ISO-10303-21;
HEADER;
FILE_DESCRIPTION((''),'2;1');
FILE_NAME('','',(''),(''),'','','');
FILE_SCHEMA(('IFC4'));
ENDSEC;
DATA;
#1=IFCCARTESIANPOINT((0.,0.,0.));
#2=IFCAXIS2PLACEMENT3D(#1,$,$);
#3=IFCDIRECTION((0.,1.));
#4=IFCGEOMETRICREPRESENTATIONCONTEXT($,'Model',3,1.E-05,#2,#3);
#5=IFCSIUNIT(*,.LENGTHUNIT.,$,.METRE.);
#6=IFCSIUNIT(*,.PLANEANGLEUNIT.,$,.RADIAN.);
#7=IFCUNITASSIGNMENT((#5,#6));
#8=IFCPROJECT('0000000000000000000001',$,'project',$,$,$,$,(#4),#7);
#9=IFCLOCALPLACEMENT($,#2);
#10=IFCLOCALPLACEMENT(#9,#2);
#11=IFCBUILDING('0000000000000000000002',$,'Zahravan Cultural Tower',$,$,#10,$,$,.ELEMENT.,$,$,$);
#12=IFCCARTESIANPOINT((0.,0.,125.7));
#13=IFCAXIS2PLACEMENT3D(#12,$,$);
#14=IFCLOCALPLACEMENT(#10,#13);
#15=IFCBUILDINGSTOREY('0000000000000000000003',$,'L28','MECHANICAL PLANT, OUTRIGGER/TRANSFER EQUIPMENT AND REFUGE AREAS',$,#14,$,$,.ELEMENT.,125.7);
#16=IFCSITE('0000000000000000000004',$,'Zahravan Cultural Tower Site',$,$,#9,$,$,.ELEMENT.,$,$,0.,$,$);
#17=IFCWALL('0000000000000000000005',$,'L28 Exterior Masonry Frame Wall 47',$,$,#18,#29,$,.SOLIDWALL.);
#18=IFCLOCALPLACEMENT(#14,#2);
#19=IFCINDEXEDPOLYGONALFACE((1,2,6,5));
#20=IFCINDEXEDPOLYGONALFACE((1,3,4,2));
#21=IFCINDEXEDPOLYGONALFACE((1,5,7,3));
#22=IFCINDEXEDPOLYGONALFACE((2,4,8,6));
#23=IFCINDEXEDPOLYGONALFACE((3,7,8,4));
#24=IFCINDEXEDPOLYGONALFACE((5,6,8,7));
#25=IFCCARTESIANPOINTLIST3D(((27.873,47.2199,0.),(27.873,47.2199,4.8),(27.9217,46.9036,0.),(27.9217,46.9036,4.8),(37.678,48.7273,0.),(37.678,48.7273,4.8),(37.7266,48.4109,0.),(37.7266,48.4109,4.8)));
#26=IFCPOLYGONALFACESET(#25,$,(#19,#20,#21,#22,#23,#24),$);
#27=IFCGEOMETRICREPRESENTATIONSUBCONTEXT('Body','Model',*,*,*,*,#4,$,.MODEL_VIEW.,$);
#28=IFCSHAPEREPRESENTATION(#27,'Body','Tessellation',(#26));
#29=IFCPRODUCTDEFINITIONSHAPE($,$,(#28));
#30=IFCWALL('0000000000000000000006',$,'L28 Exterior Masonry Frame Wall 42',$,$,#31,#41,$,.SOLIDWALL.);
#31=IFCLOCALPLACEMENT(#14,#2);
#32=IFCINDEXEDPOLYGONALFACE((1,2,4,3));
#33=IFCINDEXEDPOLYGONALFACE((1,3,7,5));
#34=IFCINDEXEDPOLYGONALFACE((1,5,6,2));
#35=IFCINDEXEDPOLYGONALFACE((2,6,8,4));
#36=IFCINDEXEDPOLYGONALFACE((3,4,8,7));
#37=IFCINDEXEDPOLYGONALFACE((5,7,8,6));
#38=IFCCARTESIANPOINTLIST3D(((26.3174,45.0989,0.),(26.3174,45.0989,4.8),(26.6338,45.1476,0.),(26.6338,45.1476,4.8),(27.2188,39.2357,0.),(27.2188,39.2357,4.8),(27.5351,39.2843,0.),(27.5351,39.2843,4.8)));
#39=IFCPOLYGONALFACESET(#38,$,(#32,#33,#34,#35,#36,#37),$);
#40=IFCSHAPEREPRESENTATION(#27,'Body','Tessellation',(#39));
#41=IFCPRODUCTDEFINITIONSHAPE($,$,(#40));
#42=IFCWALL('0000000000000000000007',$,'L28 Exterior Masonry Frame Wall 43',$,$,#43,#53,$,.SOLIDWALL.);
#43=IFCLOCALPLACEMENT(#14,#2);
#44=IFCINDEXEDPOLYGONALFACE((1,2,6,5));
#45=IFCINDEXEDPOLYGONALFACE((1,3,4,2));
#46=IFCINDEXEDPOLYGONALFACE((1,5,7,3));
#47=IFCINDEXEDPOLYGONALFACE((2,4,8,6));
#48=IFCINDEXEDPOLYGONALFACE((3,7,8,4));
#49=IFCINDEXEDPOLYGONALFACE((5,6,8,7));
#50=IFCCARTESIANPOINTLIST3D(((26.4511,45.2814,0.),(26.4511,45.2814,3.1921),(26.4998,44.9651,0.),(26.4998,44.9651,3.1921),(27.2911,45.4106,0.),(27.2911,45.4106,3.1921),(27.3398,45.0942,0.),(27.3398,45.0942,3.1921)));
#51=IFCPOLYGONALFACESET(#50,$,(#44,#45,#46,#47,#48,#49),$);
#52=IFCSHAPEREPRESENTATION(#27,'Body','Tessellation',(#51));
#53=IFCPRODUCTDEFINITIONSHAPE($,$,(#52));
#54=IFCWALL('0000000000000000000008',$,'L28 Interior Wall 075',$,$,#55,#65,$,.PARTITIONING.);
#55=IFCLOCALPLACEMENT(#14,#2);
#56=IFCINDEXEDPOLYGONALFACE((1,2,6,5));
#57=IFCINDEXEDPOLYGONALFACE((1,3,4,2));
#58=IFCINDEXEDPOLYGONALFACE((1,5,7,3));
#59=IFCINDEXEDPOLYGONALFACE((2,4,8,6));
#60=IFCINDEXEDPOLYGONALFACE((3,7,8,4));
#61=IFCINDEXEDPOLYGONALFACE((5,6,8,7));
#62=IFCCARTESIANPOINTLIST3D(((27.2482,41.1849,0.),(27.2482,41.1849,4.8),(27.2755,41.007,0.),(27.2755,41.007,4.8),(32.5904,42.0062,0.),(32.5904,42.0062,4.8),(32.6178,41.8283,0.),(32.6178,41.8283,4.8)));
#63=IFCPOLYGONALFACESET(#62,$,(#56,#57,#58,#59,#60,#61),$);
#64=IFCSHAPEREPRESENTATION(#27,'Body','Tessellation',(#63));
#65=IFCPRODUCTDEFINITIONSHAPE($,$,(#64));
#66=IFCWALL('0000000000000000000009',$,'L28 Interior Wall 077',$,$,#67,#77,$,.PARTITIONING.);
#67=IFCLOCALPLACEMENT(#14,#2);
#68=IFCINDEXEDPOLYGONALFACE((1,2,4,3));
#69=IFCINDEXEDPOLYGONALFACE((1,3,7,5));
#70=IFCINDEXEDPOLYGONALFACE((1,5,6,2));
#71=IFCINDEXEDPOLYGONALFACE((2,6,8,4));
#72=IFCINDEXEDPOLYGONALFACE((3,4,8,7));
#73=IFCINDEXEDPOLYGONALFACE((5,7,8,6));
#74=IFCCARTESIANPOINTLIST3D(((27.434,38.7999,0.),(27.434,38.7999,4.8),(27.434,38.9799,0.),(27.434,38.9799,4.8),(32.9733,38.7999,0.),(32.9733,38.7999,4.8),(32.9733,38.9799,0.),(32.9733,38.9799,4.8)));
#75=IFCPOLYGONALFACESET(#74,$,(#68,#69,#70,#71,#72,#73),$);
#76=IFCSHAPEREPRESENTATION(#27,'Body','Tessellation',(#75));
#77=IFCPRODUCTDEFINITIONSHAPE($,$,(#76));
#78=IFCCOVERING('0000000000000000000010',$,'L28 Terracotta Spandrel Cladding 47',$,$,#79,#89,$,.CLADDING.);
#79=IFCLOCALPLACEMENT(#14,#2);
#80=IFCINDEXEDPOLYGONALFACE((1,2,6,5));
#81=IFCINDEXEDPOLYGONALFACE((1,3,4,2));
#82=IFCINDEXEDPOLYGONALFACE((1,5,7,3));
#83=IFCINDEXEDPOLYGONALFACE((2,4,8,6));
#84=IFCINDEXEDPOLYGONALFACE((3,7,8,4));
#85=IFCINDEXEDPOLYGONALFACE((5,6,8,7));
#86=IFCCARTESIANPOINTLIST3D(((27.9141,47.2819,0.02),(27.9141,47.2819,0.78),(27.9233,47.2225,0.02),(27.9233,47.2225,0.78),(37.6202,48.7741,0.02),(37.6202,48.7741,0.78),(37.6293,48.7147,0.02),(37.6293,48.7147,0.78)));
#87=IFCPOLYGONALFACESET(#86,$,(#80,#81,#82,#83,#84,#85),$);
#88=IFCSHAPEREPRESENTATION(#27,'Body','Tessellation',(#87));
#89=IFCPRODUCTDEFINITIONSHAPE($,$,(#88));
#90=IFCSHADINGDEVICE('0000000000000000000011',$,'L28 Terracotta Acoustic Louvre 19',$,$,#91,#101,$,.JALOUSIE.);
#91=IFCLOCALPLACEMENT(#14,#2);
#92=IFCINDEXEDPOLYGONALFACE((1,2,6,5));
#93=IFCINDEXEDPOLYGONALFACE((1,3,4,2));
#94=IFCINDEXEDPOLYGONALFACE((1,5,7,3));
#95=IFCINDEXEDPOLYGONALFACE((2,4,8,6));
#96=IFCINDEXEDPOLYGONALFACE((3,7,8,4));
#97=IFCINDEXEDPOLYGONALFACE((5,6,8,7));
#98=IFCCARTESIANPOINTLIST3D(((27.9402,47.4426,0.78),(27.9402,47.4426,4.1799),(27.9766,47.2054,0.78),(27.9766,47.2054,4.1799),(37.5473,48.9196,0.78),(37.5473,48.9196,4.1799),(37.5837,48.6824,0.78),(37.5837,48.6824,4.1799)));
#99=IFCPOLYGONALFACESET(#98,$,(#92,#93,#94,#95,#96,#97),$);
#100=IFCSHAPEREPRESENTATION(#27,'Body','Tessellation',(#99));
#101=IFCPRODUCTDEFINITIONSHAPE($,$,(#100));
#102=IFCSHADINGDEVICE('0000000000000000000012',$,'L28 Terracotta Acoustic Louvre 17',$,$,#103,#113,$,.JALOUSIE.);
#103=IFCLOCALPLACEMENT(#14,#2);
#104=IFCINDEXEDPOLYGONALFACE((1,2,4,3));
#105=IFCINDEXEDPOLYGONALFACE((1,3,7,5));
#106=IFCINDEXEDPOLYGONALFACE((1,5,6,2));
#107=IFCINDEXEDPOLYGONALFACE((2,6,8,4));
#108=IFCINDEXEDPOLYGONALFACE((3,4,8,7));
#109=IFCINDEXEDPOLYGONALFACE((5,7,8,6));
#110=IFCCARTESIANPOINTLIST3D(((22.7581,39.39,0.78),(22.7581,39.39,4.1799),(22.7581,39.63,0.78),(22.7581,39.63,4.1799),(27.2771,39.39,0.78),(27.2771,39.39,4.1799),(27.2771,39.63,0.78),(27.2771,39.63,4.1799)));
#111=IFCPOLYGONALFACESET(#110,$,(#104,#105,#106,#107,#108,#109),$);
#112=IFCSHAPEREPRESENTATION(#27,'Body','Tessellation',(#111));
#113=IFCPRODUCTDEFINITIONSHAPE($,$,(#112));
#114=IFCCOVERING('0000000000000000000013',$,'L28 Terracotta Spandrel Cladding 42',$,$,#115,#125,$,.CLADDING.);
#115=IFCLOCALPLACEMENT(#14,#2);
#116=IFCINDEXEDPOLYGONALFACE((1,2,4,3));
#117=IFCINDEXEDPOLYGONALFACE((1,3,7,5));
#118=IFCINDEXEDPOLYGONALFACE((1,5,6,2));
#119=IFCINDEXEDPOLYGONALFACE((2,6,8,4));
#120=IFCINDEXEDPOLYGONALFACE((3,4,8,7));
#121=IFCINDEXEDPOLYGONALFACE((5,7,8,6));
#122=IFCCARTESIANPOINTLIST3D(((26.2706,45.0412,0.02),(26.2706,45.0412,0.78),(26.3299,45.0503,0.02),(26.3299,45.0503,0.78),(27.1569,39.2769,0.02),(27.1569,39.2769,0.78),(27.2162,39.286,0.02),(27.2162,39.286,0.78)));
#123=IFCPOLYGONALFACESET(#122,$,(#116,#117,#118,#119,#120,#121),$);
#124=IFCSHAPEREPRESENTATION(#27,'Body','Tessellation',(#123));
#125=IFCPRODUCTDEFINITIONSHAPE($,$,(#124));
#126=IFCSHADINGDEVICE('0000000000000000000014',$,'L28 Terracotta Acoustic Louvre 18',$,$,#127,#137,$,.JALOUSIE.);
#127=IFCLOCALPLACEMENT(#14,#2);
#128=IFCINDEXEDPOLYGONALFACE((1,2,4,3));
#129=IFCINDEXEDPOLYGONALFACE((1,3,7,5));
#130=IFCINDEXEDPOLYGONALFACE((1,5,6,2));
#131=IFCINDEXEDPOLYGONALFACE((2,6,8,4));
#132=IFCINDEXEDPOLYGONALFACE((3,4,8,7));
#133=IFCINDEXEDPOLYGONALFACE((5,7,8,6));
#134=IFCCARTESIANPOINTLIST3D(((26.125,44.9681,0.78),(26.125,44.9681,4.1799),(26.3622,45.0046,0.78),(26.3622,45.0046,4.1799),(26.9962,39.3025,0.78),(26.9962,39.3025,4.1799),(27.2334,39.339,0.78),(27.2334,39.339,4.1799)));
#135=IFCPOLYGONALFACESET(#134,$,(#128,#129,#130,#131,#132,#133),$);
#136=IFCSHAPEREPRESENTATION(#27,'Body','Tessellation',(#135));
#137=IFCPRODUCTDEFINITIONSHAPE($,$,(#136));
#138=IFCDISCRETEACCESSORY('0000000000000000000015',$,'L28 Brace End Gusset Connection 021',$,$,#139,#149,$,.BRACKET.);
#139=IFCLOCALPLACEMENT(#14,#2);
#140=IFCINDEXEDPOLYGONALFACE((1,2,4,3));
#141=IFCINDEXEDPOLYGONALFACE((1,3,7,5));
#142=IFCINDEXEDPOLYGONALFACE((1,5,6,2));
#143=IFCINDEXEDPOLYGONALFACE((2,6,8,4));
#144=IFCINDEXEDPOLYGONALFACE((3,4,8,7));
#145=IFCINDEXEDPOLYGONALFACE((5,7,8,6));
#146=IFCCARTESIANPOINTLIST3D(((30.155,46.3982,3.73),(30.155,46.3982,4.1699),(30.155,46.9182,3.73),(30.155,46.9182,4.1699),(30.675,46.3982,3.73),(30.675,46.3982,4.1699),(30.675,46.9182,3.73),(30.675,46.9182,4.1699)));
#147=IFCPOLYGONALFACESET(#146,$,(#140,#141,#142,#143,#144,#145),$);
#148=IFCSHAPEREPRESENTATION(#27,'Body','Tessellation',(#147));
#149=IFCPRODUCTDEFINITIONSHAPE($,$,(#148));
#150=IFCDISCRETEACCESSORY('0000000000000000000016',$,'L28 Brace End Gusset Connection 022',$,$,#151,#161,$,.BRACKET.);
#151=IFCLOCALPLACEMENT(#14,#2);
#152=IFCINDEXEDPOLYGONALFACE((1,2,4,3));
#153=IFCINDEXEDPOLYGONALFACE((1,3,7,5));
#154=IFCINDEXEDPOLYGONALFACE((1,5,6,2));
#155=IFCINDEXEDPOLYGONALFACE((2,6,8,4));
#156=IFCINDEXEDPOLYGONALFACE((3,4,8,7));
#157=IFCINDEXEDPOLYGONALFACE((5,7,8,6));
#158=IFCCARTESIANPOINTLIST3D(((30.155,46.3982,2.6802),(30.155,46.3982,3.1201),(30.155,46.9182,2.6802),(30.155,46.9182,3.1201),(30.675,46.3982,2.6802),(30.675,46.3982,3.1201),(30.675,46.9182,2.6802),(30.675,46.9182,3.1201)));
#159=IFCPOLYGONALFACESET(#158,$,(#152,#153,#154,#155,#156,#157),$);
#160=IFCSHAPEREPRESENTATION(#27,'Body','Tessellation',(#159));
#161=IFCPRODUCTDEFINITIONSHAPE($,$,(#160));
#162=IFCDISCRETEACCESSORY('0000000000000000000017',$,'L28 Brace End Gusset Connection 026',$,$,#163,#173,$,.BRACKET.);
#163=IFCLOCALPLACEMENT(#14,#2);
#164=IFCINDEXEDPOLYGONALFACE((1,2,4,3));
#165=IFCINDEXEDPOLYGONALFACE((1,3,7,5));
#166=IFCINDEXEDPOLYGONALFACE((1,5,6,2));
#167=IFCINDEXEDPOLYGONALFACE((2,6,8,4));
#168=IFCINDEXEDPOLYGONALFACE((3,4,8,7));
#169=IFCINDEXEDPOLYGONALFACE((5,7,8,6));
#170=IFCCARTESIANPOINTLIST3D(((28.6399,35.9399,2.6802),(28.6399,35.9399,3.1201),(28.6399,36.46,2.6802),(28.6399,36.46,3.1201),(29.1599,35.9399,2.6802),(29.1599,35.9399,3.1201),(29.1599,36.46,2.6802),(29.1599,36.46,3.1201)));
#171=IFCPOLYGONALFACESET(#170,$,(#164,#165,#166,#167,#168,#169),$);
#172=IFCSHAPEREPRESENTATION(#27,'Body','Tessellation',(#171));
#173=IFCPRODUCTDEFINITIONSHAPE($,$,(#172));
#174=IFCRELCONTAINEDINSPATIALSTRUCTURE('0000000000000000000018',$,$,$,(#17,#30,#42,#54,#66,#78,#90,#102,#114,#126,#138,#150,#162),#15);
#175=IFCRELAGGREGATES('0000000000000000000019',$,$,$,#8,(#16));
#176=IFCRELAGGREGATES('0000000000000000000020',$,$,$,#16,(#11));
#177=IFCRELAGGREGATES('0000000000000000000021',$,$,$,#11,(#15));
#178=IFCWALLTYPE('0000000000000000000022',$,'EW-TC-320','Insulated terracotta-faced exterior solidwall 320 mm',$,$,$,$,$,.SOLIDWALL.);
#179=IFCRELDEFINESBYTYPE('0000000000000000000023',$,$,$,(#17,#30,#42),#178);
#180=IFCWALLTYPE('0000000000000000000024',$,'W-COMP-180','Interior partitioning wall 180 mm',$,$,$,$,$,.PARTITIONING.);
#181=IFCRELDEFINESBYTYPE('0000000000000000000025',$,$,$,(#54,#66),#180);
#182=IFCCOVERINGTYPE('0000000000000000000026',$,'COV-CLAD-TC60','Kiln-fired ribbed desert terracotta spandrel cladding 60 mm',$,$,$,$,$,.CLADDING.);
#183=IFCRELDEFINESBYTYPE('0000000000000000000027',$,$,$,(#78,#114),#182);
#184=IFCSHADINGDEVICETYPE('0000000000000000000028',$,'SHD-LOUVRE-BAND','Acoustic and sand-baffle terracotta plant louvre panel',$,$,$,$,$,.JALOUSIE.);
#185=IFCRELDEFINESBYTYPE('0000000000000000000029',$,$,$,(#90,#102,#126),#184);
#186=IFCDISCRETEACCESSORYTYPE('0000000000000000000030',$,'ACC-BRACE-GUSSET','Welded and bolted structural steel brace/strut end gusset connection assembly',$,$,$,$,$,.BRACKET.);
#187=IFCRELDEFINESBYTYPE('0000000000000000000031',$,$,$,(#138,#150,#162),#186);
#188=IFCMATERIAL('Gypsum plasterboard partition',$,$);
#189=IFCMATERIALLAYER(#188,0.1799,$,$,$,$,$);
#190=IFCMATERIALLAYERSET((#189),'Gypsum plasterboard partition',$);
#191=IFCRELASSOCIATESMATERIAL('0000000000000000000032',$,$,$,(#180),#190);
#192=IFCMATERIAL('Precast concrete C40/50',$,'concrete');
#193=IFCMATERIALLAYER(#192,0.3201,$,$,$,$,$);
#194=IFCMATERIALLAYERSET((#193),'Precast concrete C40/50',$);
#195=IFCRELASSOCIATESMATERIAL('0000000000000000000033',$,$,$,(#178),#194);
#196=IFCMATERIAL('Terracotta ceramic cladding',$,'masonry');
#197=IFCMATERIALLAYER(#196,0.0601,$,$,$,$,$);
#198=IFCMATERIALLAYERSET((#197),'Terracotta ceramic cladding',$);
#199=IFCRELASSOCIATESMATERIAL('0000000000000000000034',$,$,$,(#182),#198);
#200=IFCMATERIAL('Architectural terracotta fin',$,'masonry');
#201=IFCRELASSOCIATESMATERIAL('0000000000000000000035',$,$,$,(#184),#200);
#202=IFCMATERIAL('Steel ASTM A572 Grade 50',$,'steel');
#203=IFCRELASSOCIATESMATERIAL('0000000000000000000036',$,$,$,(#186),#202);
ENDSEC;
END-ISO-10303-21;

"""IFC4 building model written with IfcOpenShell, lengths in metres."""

from ifc_helpers import new_model, si_unit, direction, frame, frame_2d, origin, origin_2d, place, context, subcontext, project, spatial, rectangle, extrude, source, transform, mapped, material, layer, layer_set, type_object, element, save


model = new_model("IFC4")

# Units and contexts
model_context = context("Model", 3, precision=1e-05, world=origin(), true_north=direction((0.0, 1.0)))
body_context = subcontext(model_context, "Body", "Model", "MODEL_VIEW")
ifc_project = project(units=[si_unit("LENGTHUNIT", "METRE"), si_unit("PLANEANGLEUNIT", "RADIAN")], contexts=[model_context])

# Site, building, storey
site_placement = place(None, origin())
site = spatial("IfcSite", under=ifc_project, at=site_placement, Name="Zahravan Cultural Tower Site", CompositionType="ELEMENT", RefElevation=0.0)
building_placement = place(site_placement, origin())
building = spatial("IfcBuilding", under=site, at=building_placement, Name="Zahravan Cultural Tower", CompositionType="ELEMENT")
storey_placement = place(building_placement, frame((0.0, 0.0, 125.7)))
storey = spatial("IfcBuildingStorey", under=building, at=storey_placement, Name="L28", Description="MECHANICAL PLANT, OUTRIGGER/TRANSFER EQUIPMENT AND REFUGE AREAS", CompositionType="ELEMENT", Elevation=125.7)

# Shared definitions
ifc_material_1 = material(Name="Steel ASTM A572 Grade 50", Category="steel")

# Shared definitions
ifc_material_2 = material(Name="Gypsum plasterboard partition")
ifc_layer_1 = layer(ifc_material_2, 0.1799)
ifc_layer_set_1 = layer_set([ifc_layer_1], Name="Gypsum plasterboard partition")
wall_type_1 = type_object("IfcWallType", Name="W-COMP-180", Description="Interior partitioning wall 180 mm", PredefinedType="PARTITIONING", material=ifc_layer_set_1)

# Walls
ifc_material_3 = material(Name="Precast concrete C40/50", Category="concrete")
ifc_layer_2 = layer(ifc_material_3, 0.3201)
ifc_layer_set_2 = layer_set([ifc_layer_2], Name="Precast concrete C40/50")
wall_type_2 = type_object("IfcWallType", Name="EW-TC-320", Description="Insulated terracotta-faced exterior solidwall 320 mm", PredefinedType="SOLIDWALL", material=ifc_layer_set_2)
shared_shape_1 = source(origin(), body_context, "Body", "SweptSolid", [
    extrude(rectangle(XDim=9.9202, YDim=0.3201, at=frame_2d((4.96, 0.0))), origin(), (0.0, 0.0, 1.0), 4.8),
])
wall_1_placement = place(storey_placement, frame((27.8975, 47.0618, 0.0), z_axis=(0.0, 0.0, 1.0), x_axis=(0.988389, 0.151946, 0.0)))
element("IfcWall", 1, at=wall_1_placement, inside=storey, type_object=wall_type_2, Name="L28 Exterior Masonry Frame Wall 47", PredefinedType="SOLIDWALL", context=body_context, shape_type="MappedRepresentation", body=[
    mapped(shared_shape_1, transform((0.0, 0.0, 0.0), x_axis=(1.0, 0.0, 0.0), y_axis=(0.0, 1.0, 0.0), z_axis=(0.0, 0.0, 1.0), scale=1.0)),
])
shared_shape_2 = source(origin(), body_context, "Body", "SweptSolid", [
    extrude(rectangle(XDim=5.9321, YDim=0.3201, at=frame_2d((2.9661, 0.0))), origin(), (0.0, 0.0, 1.0), 4.8),
])
wall_2_placement = place(storey_placement, frame((27.377, 39.26, 0.0), z_axis=(0.0, 0.0, 1.0), x_axis=(-0.151946, 0.988389, 0.0)))
element("IfcWall", 2, at=wall_2_placement, inside=storey, type_object=wall_type_2, Name="L28 Exterior Masonry Frame Wall 42", PredefinedType="SOLIDWALL", context=body_context, shape_type="MappedRepresentation", body=[
    mapped(shared_shape_2, transform((0.0, 0.0, 0.0), x_axis=(1.0, 0.0, 0.0), y_axis=(0.0, 1.0, 0.0), z_axis=(0.0, 0.0, 1.0), scale=1.0)),
])
shared_shape_3 = source(origin(), body_context, "Body", "SweptSolid", [
    extrude(rectangle(XDim=0.8499, YDim=0.3201, at=frame_2d((0.4248, 0.0))), origin(), (0.0, 0.0, 1.0), 3.1921),
])
wall_3_placement = place(storey_placement, frame((26.4756, 45.1233, 0.0), z_axis=(0.0, 0.0, 1.0), x_axis=(0.988388, 0.151949, 0.0)))
element("IfcWall", 3, at=wall_3_placement, inside=storey, type_object=wall_type_2, Name="L28 Exterior Masonry Frame Wall 43", PredefinedType="SOLIDWALL", context=body_context, shape_type="MappedRepresentation", body=[
    mapped(shared_shape_3, transform((0.0, 0.0, 0.0), x_axis=(1.0, 0.0, 0.0), y_axis=(0.0, 1.0, 0.0), z_axis=(0.0, 0.0, 1.0), scale=1.0)),
])
shared_shape_4 = source(origin(), body_context, "Body", "SweptSolid", [
    extrude(rectangle(XDim=5.405, YDim=0.1799, at=frame_2d((2.7026, 0.0))), origin(), (0.0, 0.0, 1.0), 4.8),
])
wall_4_placement = place(storey_placement, frame((27.2617, 41.0959, 0.0), z_axis=(0.0, 0.0, 1.0), x_axis=(0.988388, 0.151949, 0.0)))
element("IfcWall", 4, at=wall_4_placement, inside=storey, type_object=wall_type_1, Name="L28 Interior Wall 075", PredefinedType="PARTITIONING", context=body_context, shape_type="MappedRepresentation", body=[
    mapped(shared_shape_4, transform((0.0, 0.0, 0.0), x_axis=(1.0, 0.0, 0.0), y_axis=(0.0, 1.0, 0.0), z_axis=(0.0, 0.0, 1.0), scale=1.0)),
])
shared_shape_5 = source(origin(), body_context, "Body", "SweptSolid", [
    extrude(rectangle(XDim=5.5393, YDim=0.1799, at=frame_2d((2.7695, 0.0))), origin(), (0.0, 0.0, 1.0), 4.8),
])
wall_5_placement = place(storey_placement, frame((32.9731, 38.8899, 0.0), z_axis=(0.0, 0.0, 1.0), x_axis=(-1.0, 0.0, 0.0)))
element("IfcWall", 5, at=wall_5_placement, inside=storey, type_object=wall_type_1, Name="L28 Interior Wall 077", PredefinedType="PARTITIONING", context=body_context, shape_type="MappedRepresentation", body=[
    mapped(shared_shape_5, transform((0.0, 0.0, 0.0), x_axis=(1.0, 0.0, 0.0), y_axis=(0.0, 1.0, 0.0), z_axis=(0.0, 0.0, 1.0), scale=1.0)),
])

# Covering
ifc_material_4 = material(Name="Terracotta ceramic cladding", Category="masonry")
ifc_layer_3 = layer(ifc_material_4, 0.0601)
ifc_layer_set_3 = layer_set([ifc_layer_3], Name="Terracotta ceramic cladding")
covering_type = type_object("IfcCoveringType", Name="COV-CLAD-TC60", Description="Kiln-fired ribbed desert terracotta spandrel cladding 60 mm", PredefinedType="CLADDING", material=ifc_layer_set_3)
shared_shape_6 = source(origin(), body_context, "Body", "SweptSolid", [
    extrude(rectangle(XDim=9.8201, YDim=0.0601, at=origin_2d()), origin(), (0.0, 0.0, 1.0), 0.76),
])
covering_1_placement = place(storey_placement, frame((32.7717, 47.9983, 0.02), z_axis=(0.0, 0.0, 1.0), x_axis=(0.988388, 0.151951, 0.0)))
element("IfcCovering", 6, at=covering_1_placement, inside=storey, type_object=covering_type, Name="L28 Terracotta Spandrel Cladding 47", PredefinedType="CLADDING", context=body_context, shape_type="MappedRepresentation", body=[
    mapped(shared_shape_6, transform((0.0, 0.0, 0.0), x_axis=(1.0, 0.0, 0.0), y_axis=(0.0, 1.0, 0.0), z_axis=(0.0, 0.0, 1.0), scale=1.0)),
])

# Shading devices
ifc_material_5 = material(Name="Architectural terracotta fin", Category="masonry")
shading_device_type = type_object("IfcShadingDeviceType", Name="SHD-LOUVRE-BAND", Description="Acoustic and sand-baffle terracotta plant louvre panel", PredefinedType="JALOUSIE", material=ifc_material_5)
shared_shape_7 = source(origin(), body_context, "Body", "SweptSolid", [
    extrude(rectangle(XDim=9.72, YDim=0.24, at=origin_2d()), origin(), (0.0, 0.0, 1.0), 3.3999),
])
shading_device_1_placement = place(storey_placement, frame((32.762, 48.0625, 0.78), z_axis=(0.0, 0.0, 1.0), x_axis=(0.988388, 0.151951, 0.0)))
element("IfcShadingDevice", 7, at=shading_device_1_placement, inside=storey, type_object=shading_device_type, Name="L28 Terracotta Acoustic Louvre 19", PredefinedType="JALOUSIE", context=body_context, shape_type="MappedRepresentation", body=[
    mapped(shared_shape_7, transform((0.0, 0.0, 0.0), x_axis=(1.0, 0.0, 0.0), y_axis=(0.0, 1.0, 0.0), z_axis=(0.0, 0.0, 1.0), scale=1.0)),
])
shared_shape_8 = source(origin(), body_context, "Body", "SweptSolid", [
    extrude(rectangle(XDim=4.519, YDim=0.24, at=origin_2d()), origin(), (0.0, 0.0, 1.0), 3.3999),
])
shading_device_2_placement = place(storey_placement, frame((25.0176, 39.51, 0.78), z_axis=(0.0, 0.0, 1.0), x_axis=(1.0, 0.0, 0.0)))
element("IfcShadingDevice", 8, at=shading_device_2_placement, inside=storey, type_object=shading_device_type, Name="L28 Terracotta Acoustic Louvre 17", PredefinedType="JALOUSIE", context=body_context, shape_type="MappedRepresentation", body=[
    mapped(shared_shape_8, transform((0.0, 0.0, 0.0), x_axis=(1.0, 0.0, 0.0), y_axis=(0.0, 1.0, 0.0), z_axis=(0.0, 0.0, 1.0), scale=1.0)),
])

# Covering
shared_shape_9 = source(origin(), body_context, "Body", "SweptSolid", [
    extrude(rectangle(XDim=5.832, YDim=0.0601, at=origin_2d()), origin(), (0.0, 0.0, 1.0), 0.76),
])
covering_2_placement = place(storey_placement, frame((26.7434, 42.1636, 0.02), z_axis=(0.0, 0.0, 1.0), x_axis=(-0.151968, 0.988385, 0.0)))
element("IfcCovering", 9, at=covering_2_placement, inside=storey, type_object=covering_type, Name="L28 Terracotta Spandrel Cladding 42", PredefinedType="CLADDING", context=body_context, shape_type="MappedRepresentation", body=[
    mapped(shared_shape_9, transform((0.0, 0.0, 0.0), x_axis=(1.0, 0.0, 0.0), y_axis=(0.0, 1.0, 0.0), z_axis=(0.0, 0.0, 1.0), scale=1.0)),
])

# Shading device
shared_shape_10 = source(origin(), body_context, "Body", "SweptSolid", [
    extrude(rectangle(XDim=5.7322, YDim=0.24, at=origin_2d()), origin(), (0.0, 0.0, 1.0), 3.3999),
])
shading_device_3_placement = place(storey_placement, frame((26.6792, 42.1536, 0.78), z_axis=(0.0, 0.0, 1.0), x_axis=(-0.151968, 0.988385, 0.0)))
element("IfcShadingDevice", 10, at=shading_device_3_placement, inside=storey, type_object=shading_device_type, Name="L28 Terracotta Acoustic Louvre 18", PredefinedType="JALOUSIE", context=body_context, shape_type="MappedRepresentation", body=[
    mapped(shared_shape_10, transform((0.0, 0.0, 0.0), x_axis=(1.0, 0.0, 0.0), y_axis=(0.0, 1.0, 0.0), z_axis=(0.0, 0.0, 1.0), scale=1.0)),
])

# Discrete accessories
discrete_accessory_type = type_object("IfcDiscreteAccessoryType", Name="ACC-BRACE-GUSSET", Description="Welded and bolted structural steel brace/strut end gusset connection assembly", PredefinedType="BRACKET", material=ifc_material_1)
shared_shape_11 = source(origin(), body_context, "Body", "SweptSolid", [
    extrude(rectangle(XDim=0.52, YDim=0.52, at=origin_2d()), origin(), (0.0, 0.0, 1.0), 0.4399),
])
for number, where, z_axis, x_axis, name in (
    (11, (30.415, 46.6582, 3.73), (0.0, 0.0, 1.0), (1.0, 0.0, 0.0), "L28 Brace End Gusset Connection 021"),
    (12, (30.415, 46.6582, 2.6802), (0.0, 0.0, 1.0), (1.0, 0.0, 0.0), "L28 Brace End Gusset Connection 022"),
    (13, (28.8999, 36.2, 2.6802), (0.0, 0.0, 1.0), (1.0, 0.0, 0.0), "L28 Brace End Gusset Connection 026"),
):
    element("IfcDiscreteAccessory", number, at=place(storey_placement, frame(where, z_axis=z_axis, x_axis=x_axis)), inside=storey, type_object=discrete_accessory_type, Name=name, PredefinedType="BRACKET", context=body_context, shape_type="MappedRepresentation", body=[
        mapped(shared_shape_11, transform((0.0, 0.0, 0.0), x_axis=(1.0, 0.0, 0.0), y_axis=(0.0, 1.0, 0.0), z_axis=(0.0, 0.0, 1.0), scale=1.0)),
    ])

save(model, "model.ifc")
